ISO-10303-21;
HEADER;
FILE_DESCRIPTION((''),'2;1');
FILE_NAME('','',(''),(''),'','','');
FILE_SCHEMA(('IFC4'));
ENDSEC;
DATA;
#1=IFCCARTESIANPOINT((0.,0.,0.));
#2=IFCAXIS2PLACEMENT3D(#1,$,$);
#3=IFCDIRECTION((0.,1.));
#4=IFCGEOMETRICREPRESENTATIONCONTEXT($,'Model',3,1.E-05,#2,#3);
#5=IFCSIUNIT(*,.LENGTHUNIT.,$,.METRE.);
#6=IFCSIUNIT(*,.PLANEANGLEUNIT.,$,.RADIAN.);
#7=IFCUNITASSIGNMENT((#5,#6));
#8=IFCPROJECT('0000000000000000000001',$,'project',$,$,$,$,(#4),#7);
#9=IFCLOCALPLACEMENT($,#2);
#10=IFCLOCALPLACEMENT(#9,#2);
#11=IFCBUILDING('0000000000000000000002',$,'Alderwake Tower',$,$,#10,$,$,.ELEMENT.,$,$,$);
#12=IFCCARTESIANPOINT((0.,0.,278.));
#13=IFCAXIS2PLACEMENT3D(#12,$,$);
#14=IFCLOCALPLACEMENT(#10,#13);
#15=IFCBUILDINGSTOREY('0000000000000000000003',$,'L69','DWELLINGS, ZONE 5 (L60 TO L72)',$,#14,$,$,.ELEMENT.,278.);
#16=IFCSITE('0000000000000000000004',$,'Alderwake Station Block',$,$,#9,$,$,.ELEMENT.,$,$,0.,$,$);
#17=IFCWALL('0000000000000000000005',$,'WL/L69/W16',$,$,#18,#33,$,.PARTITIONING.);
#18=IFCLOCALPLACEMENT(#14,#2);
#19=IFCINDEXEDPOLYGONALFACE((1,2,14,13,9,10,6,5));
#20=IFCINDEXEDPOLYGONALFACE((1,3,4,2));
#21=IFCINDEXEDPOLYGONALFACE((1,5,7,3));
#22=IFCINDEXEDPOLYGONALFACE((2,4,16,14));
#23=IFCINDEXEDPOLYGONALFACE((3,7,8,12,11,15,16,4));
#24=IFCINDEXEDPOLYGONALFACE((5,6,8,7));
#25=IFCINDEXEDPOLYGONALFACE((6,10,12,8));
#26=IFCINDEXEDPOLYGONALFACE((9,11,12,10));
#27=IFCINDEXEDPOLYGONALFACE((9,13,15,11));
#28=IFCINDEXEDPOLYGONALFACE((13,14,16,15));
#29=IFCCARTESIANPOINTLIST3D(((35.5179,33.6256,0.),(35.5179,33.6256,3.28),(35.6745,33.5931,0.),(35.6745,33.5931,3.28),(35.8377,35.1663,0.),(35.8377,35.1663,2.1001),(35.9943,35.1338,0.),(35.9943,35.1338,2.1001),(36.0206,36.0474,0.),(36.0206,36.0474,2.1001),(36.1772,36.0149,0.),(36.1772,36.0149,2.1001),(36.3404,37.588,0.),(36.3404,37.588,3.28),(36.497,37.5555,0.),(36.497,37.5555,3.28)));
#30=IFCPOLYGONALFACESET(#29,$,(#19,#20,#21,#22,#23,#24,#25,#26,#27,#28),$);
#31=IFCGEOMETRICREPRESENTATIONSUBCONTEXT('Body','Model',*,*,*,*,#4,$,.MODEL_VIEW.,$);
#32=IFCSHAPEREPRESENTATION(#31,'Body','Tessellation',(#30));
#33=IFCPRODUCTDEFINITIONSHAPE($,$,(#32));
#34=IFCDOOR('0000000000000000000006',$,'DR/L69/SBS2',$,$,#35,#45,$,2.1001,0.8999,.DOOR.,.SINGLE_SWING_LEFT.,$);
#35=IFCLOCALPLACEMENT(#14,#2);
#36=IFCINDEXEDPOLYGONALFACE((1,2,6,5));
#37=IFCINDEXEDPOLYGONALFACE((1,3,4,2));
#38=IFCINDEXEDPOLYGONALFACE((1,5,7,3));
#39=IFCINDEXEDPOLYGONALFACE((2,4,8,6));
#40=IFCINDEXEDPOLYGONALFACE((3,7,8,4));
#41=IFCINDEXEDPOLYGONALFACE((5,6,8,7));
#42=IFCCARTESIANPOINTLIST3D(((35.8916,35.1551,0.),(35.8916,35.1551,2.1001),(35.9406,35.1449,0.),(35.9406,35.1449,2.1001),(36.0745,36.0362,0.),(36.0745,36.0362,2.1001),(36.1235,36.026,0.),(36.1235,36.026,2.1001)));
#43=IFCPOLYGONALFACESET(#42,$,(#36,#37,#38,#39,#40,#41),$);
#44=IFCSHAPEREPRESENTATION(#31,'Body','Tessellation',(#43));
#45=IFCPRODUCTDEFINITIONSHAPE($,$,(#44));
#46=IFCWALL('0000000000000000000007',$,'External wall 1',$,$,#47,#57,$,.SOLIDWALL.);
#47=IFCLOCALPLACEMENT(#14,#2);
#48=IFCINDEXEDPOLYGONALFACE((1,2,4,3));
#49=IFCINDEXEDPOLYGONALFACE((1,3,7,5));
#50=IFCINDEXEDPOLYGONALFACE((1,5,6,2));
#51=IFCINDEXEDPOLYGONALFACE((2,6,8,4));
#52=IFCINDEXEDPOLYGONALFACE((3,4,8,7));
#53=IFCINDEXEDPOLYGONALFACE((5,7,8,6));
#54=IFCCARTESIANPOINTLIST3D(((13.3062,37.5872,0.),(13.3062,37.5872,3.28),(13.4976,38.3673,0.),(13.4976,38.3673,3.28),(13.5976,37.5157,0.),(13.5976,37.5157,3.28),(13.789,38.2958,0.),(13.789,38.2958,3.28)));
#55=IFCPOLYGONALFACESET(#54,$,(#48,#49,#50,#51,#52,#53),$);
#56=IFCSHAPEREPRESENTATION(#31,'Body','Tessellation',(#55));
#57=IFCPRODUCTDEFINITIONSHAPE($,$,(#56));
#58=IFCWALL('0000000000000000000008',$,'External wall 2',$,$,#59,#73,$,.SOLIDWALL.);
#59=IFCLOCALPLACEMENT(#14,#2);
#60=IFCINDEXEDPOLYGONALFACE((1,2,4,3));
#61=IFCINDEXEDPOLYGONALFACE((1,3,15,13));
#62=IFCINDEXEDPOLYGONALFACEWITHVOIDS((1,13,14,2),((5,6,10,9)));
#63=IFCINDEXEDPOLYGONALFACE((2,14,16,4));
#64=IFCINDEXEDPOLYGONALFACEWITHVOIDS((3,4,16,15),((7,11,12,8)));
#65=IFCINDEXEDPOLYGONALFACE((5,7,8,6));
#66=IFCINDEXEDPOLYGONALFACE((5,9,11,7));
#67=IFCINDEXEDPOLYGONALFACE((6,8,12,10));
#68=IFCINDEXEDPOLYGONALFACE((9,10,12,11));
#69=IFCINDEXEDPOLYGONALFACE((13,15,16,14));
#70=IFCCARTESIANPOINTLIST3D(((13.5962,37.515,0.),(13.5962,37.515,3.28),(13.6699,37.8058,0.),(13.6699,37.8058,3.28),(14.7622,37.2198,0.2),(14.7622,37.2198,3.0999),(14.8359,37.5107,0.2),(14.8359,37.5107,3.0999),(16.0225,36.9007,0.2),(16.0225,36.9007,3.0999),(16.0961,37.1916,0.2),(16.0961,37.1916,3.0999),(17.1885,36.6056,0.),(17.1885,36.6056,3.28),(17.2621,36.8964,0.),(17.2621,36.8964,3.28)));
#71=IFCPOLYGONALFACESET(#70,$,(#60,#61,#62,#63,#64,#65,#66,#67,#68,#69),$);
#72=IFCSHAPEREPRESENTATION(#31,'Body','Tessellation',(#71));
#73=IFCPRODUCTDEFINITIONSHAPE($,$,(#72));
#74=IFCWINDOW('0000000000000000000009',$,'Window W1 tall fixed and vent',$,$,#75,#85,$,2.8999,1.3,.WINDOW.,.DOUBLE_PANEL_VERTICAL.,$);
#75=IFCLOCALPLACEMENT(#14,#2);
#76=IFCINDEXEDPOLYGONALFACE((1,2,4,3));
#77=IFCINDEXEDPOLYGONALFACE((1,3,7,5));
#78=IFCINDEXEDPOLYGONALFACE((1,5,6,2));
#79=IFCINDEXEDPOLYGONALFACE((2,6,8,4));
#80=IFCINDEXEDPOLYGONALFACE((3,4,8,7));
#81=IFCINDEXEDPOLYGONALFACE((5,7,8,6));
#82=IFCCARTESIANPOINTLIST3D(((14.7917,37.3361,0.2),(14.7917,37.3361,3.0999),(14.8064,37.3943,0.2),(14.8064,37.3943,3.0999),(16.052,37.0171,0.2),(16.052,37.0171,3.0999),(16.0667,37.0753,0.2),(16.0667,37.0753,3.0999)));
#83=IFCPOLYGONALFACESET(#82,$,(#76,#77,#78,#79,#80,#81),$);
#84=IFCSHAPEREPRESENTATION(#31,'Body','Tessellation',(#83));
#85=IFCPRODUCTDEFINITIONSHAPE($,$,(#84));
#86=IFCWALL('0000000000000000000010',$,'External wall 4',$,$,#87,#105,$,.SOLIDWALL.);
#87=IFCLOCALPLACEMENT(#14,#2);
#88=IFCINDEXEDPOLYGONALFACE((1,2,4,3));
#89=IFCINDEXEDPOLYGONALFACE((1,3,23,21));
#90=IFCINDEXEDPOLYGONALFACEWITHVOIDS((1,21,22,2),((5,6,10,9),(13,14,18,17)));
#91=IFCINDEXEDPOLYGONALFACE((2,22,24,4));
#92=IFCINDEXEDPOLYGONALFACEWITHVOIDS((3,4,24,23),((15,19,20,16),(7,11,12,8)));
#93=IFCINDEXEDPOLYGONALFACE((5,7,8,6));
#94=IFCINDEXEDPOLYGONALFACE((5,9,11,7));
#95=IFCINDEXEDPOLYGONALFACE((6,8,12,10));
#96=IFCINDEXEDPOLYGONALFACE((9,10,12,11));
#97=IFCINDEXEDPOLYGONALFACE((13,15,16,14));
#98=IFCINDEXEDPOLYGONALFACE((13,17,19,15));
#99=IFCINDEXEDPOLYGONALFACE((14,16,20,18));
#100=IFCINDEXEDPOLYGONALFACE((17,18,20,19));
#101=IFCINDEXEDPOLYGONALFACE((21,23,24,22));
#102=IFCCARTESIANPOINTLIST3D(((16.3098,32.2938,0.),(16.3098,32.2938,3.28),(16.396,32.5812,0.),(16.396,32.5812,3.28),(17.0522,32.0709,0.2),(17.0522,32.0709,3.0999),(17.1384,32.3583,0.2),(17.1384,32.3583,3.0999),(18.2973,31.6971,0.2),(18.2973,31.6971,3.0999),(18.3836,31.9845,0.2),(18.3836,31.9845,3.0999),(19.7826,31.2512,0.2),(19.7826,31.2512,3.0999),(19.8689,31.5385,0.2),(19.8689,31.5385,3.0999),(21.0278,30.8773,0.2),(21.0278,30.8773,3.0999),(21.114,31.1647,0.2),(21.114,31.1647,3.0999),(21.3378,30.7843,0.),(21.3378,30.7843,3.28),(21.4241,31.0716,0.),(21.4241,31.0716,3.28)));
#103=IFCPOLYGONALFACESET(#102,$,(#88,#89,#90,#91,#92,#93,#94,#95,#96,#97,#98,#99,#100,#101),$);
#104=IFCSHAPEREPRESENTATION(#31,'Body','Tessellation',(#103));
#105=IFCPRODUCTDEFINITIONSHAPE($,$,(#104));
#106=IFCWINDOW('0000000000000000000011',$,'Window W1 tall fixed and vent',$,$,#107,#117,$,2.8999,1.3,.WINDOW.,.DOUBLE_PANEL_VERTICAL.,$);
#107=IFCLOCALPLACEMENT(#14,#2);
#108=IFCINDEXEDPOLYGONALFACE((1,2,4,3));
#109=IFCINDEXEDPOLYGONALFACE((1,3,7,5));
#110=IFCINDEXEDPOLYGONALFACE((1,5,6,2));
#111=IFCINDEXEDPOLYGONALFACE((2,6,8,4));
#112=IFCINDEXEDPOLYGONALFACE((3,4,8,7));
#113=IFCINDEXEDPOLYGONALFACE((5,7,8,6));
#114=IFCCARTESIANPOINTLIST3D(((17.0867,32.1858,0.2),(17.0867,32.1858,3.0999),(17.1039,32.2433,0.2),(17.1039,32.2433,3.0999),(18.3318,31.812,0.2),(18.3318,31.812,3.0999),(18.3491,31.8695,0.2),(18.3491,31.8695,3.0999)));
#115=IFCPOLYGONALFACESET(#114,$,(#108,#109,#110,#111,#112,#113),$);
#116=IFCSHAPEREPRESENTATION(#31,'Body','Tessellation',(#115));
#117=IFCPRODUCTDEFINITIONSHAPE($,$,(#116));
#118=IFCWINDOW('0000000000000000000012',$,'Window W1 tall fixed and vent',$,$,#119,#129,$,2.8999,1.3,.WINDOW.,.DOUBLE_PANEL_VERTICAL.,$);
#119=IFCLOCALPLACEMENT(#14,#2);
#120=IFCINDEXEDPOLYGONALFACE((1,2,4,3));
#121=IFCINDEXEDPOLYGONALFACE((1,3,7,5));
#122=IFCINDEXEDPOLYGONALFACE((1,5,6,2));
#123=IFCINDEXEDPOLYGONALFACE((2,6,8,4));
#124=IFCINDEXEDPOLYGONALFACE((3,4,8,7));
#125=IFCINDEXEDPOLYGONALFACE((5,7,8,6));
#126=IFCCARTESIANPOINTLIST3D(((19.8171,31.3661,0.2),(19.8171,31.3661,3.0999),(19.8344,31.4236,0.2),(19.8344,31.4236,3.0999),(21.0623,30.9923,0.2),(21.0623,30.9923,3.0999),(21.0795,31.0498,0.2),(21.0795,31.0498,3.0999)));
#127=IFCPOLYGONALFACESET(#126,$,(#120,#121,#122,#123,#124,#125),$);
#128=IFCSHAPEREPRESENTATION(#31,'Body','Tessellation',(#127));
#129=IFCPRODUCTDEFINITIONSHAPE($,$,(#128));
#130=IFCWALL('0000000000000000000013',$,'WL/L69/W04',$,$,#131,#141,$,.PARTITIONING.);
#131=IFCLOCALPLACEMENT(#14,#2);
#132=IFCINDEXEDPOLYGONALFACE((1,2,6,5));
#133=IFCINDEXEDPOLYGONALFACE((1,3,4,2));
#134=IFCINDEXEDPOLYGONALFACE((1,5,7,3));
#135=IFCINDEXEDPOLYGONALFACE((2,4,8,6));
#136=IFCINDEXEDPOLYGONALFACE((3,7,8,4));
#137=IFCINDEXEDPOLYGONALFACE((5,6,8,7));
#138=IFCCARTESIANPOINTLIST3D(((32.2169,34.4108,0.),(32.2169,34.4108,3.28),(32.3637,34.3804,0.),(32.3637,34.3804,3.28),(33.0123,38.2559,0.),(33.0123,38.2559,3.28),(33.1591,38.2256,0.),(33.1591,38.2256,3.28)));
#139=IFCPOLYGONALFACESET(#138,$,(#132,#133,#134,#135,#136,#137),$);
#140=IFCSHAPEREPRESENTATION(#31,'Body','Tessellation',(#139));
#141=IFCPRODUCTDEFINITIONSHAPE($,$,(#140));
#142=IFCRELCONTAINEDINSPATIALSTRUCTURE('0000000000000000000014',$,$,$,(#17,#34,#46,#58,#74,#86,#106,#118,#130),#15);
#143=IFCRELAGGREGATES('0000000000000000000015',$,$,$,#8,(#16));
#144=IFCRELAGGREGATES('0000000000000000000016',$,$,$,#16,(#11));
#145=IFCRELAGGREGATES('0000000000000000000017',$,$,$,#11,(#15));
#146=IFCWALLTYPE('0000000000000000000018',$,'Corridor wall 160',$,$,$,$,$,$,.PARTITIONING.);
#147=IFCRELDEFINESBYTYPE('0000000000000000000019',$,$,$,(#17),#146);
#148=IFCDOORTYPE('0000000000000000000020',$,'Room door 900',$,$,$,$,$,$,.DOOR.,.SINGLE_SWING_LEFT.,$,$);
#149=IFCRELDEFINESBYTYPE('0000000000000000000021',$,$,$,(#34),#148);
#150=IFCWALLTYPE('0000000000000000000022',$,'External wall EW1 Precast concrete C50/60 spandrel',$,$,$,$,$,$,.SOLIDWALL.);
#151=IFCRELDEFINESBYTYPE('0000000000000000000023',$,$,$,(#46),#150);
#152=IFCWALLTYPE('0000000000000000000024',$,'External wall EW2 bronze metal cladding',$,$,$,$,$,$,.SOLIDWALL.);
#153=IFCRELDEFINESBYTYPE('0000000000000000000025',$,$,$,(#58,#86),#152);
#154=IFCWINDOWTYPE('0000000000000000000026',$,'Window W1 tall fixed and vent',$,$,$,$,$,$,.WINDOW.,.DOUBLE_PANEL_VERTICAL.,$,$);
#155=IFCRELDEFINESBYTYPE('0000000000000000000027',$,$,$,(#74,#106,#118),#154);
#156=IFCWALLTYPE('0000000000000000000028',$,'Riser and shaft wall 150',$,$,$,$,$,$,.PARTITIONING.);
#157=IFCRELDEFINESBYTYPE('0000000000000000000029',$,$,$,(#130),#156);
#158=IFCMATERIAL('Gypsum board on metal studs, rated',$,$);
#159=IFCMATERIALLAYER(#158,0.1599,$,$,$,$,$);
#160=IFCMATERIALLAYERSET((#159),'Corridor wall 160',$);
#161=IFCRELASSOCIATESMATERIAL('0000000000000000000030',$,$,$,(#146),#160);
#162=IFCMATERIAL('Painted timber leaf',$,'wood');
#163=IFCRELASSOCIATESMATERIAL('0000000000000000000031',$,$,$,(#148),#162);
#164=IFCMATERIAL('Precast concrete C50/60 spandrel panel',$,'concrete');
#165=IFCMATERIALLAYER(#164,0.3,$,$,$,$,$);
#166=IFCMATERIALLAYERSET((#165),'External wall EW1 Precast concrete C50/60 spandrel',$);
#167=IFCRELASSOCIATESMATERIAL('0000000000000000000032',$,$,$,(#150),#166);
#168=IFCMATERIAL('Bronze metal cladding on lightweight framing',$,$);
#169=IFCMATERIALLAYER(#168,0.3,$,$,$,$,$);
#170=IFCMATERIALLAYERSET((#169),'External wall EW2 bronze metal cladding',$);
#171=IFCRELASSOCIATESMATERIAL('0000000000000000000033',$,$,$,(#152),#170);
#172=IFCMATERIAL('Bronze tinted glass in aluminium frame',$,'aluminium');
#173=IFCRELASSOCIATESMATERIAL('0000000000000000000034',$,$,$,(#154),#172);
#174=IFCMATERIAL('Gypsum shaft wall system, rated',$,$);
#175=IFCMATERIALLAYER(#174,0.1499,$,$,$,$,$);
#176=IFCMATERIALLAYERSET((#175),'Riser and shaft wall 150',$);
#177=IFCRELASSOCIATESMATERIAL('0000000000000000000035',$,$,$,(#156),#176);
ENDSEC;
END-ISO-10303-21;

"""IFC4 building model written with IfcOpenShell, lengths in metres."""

from ifc_helpers import new_model, si_unit, direction, frame, frame_2d, origin, place, context, subcontext, project, spatial, rectangle, extrude, material, layer, layer_set, type_object, element, fill, save


model = new_model("IFC4")

# Units and contexts
model_context = context("Model", 3, precision=1e-05, world=origin(), true_north=direction((0.0, 1.0)))
body_context = subcontext(model_context, "Body", "Model", "MODEL_VIEW")
ifc_project = project(units=[si_unit("LENGTHUNIT", "METRE"), si_unit("PLANEANGLEUNIT", "RADIAN")], contexts=[model_context])

# Site, building, storey
site_placement = place(None, origin())
site = spatial("IfcSite", under=ifc_project, at=site_placement, Name="Alderwake Station Block", CompositionType="ELEMENT", RefElevation=0.0)
building_placement = place(site_placement, origin())
building = spatial("IfcBuilding", under=site, at=building_placement, Name="Alderwake Tower", CompositionType="ELEMENT")
storey_placement = place(building_placement, frame((0.0, 0.0, 278.0)))
storey = spatial("IfcBuildingStorey", under=building, at=storey_placement, Name="L69", Description="DWELLINGS, ZONE 5 (L60 TO L72)", CompositionType="ELEMENT", Elevation=278.0)

# Shared definitions
ifc_material_1 = material(Name="Gypsum board on metal studs, rated")
ifc_layer_1 = layer(ifc_material_1, 0.1599)
ifc_layer_set_1 = layer_set([ifc_layer_1], Name="Corridor wall 160")
wall_type_1 = type_object("IfcWallType", Name="Corridor wall 160", PredefinedType="PARTITIONING", material=ifc_layer_set_1)

# Wall, opening, door
wall_1_placement = place(storey_placement, frame((35.5962, 33.6094, 0.0), z_axis=(0.0, 0.0, 1.0), x_axis=(0.203246, 0.979128, 0.0)))
wall_1 = element("IfcWall", 1, at=wall_1_placement, inside=storey, type_object=wall_type_1, Name="WL/L69/W16", PredefinedType="PARTITIONING", context=body_context, shape_type="SweptSolid", body=[
    extrude(rectangle(XDim=4.0469, YDim=0.1599, at=frame_2d((2.0234, 0.0))), origin(), (0.0, 0.0, 1.0), 3.28),
])
opening_1_placement = place(wall_1_placement, frame((1.5735, 0.0, 0.0)))
opening_1 = element("IfcOpeningElement", 2, at=opening_1_placement, cuts=wall_1, PredefinedType="OPENING", context=body_context, shape_type="SweptSolid", body=[
    extrude(rectangle(XDim=0.8999, YDim=2.1001, at=frame_2d((0.45, 1.05))), frame((0.0, 0.0898, 0.0), z_axis=(0.0, -1.0, 0.0), x_axis=(1.0, 0.0, 0.0)), (0.0, 0.0, 1.0), 0.1799),
])
ifc_material_2 = material(Name="Painted timber leaf", Category="wood")
door_type_1 = type_object("IfcDoorType", Name="Room door 900", OperationType="SINGLE_SWING_LEFT", PredefinedType="DOOR", material=ifc_material_2)
door_1_placement = place(opening_1_placement, origin())
door_1 = element("IfcDoor", 3, at=door_1_placement, inside=storey, type_object=door_type_1, Name="DR/L69/SBS2", OperationType="SINGLE_SWING_LEFT", OverallHeight=2.1001, OverallWidth=0.8999, PredefinedType="DOOR", context=body_context, shape_type="SweptSolid", body=[
    extrude(rectangle(XDim=0.8999, YDim=2.1001, at=frame_2d((0.45, 1.05))), frame((0.0, 0.0249, 0.0), z_axis=(0.0, -1.0, 0.0), x_axis=(1.0, 0.0, 0.0)), (0.0, 0.0, 1.0), 0.05),
])
fill(opening_1, door_1)

# Wall
ifc_material_3 = material(Name="Precast concrete C50/60 spandrel panel", Category="concrete")
ifc_layer_2 = layer(ifc_material_3, 0.3)
ifc_layer_set_2 = layer_set([ifc_layer_2], Name="External wall EW1 Precast concrete C50/60 spandrel")
wall_type_2 = type_object("IfcWallType", Name="External wall EW1 Precast concrete C50/60 spandrel", PredefinedType="SOLIDWALL", material=ifc_layer_set_2)
wall_2_placement = place(storey_placement, frame((13.6433, 38.3315, 0.0), z_axis=(0.0, 0.0, 1.0), x_axis=(-0.238313, -0.971188, 0.0)))
element("IfcWall", 4, at=wall_2_placement, inside=storey, type_object=wall_type_2, Name="External wall 1", PredefinedType="SOLIDWALL", context=body_context, shape_type="SweptSolid", body=[
    extrude(rectangle(XDim=0.8032, YDim=0.3, at=frame_2d((0.4016, 0.0))), origin(), (0.0, 0.0, 1.0), 3.28),
])

# Wall, opening, window
ifc_material_4 = material(Name="Bronze metal cladding on lightweight framing")
ifc_layer_3 = layer(ifc_material_4, 0.3)
ifc_layer_set_3 = layer_set([ifc_layer_3], Name="External wall EW2 bronze metal cladding")
wall_type_3 = type_object("IfcWallType", Name="External wall EW2 bronze metal cladding", PredefinedType="SOLIDWALL", material=ifc_layer_set_3)
wall_3_placement = place(storey_placement, frame((13.6331, 37.6604, 0.0), z_axis=(0.0, 0.0, 1.0), x_axis=(0.969417, -0.245418, 0.0)))
wall_3 = element("IfcWall", 5, at=wall_3_placement, inside=storey, type_object=wall_type_3, Name="External wall 2", PredefinedType="SOLIDWALL", context=body_context, shape_type="SweptSolid", body=[
    extrude(rectangle(XDim=3.7056, YDim=0.3, at=frame_2d((1.8528, 0.0))), origin(), (0.0, 0.0, 1.0), 3.28),
])
opening_2_placement = place(wall_3_placement, frame((1.2029, 0.0, 0.2)))
opening_2 = element("IfcOpeningElement", 6, at=opening_2_placement, cuts=wall_3, PredefinedType="OPENING", context=body_context, shape_type="SweptSolid", body=[
    extrude(rectangle(XDim=1.3, YDim=2.8999, at=frame_2d((0.6499, 1.45))), frame((0.0, 0.1599, 0.0), z_axis=(0.0, -1.0, 0.0), x_axis=(1.0, 0.0, 0.0)), (0.0, 0.0, 1.0), 0.3201),
])
ifc_material_5 = material(Name="Bronze tinted glass in aluminium frame", Category="aluminium")
window_type = type_object("IfcWindowType", Name="Window W1 tall fixed and vent", PartitioningType="DOUBLE_PANEL_VERTICAL", PredefinedType="WINDOW", material=ifc_material_5)
window_1_placement = place(opening_2_placement, origin())
window_1 = element("IfcWindow", 7, at=window_1_placement, inside=storey, type_object=window_type, Name="Window W1 tall fixed and vent", OverallHeight=2.8999, OverallWidth=1.3, PartitioningType="DOUBLE_PANEL_VERTICAL", PredefinedType="WINDOW", context=body_context, shape_type="SweptSolid", body=[
    extrude(rectangle(XDim=1.3, YDim=2.8999, at=frame_2d((0.6499, 1.45))), frame((0.0, 0.03, 0.0), z_axis=(0.0, -1.0, 0.0), x_axis=(1.0, 0.0, 0.0)), (0.0, 0.0, 1.0), 0.0601),
])
fill(opening_2, window_1)

# Wall, openings, windows
wall_4_placement = place(storey_placement, frame((16.3528, 32.4375, 0.0), z_axis=(0.0, 0.0, 1.0), x_axis=(0.957769, -0.28754, 0.0)))
wall_4 = element("IfcWall", 8, at=wall_4_placement, inside=storey, type_object=wall_type_3, Name="External wall 4", PredefinedType="SOLIDWALL", context=body_context, shape_type="SweptSolid", body=[
    extrude(rectangle(XDim=5.2498, YDim=0.3, at=frame_2d((2.625, 0.0))), origin(), (0.0, 0.0, 1.0), 3.28),
])
opening_3_placement = place(wall_4_placement, frame((0.7754, 0.0, 0.2)))
opening_3 = element("IfcOpeningElement", 9, at=opening_3_placement, cuts=wall_4, PredefinedType="OPENING", context=body_context, shape_type="SweptSolid", body=[
    extrude(rectangle(XDim=1.3, YDim=2.8999, at=frame_2d((0.6499, 1.45))), frame((0.0, 0.1599, 0.0), z_axis=(0.0, -1.0, 0.0), x_axis=(1.0, 0.0, 0.0)), (0.0, 0.0, 1.0), 0.3201),
])
opening_4_placement = place(wall_4_placement, frame((3.6262, 0.0, 0.2)))
opening_4 = element("IfcOpeningElement", 10, at=opening_4_placement, cuts=wall_4, PredefinedType="OPENING", context=body_context, shape_type="SweptSolid", body=[
    extrude(rectangle(XDim=1.3, YDim=2.8999, at=frame_2d((0.6499, 1.45))), frame((0.0, 0.1599, 0.0), z_axis=(0.0, -1.0, 0.0), x_axis=(1.0, 0.0, 0.0)), (0.0, 0.0, 1.0), 0.3201),
])
window_2_placement = place(opening_3_placement, origin())
window_2 = element("IfcWindow", 11, at=window_2_placement, inside=storey, type_object=window_type, Name="Window W1 tall fixed and vent", OverallHeight=2.8999, OverallWidth=1.3, PartitioningType="DOUBLE_PANEL_VERTICAL", PredefinedType="WINDOW", context=body_context, shape_type="SweptSolid", body=[
    extrude(rectangle(XDim=1.3, YDim=2.8999, at=frame_2d((0.6499, 1.45))), frame((0.0, 0.03, 0.0), z_axis=(0.0, -1.0, 0.0), x_axis=(1.0, 0.0, 0.0)), (0.0, 0.0, 1.0), 0.0601),
])
fill(opening_3, window_2)
window_3_placement = place(opening_4_placement, origin())
window_3 = element("IfcWindow", 12, at=window_3_placement, inside=storey, type_object=window_type, Name="Window W1 tall fixed and vent", OverallHeight=2.8999, OverallWidth=1.3, PartitioningType="DOUBLE_PANEL_VERTICAL", PredefinedType="WINDOW", context=body_context, shape_type="SweptSolid", body=[
    extrude(rectangle(XDim=1.3, YDim=2.8999, at=frame_2d((0.6499, 1.45))), frame((0.0, 0.03, 0.0), z_axis=(0.0, -1.0, 0.0), x_axis=(1.0, 0.0, 0.0)), (0.0, 0.0, 1.0), 0.0601),
])
fill(opening_4, window_3)

# Wall
ifc_material_6 = material(Name="Gypsum shaft wall system, rated")
ifc_layer_4 = layer(ifc_material_6, 0.1499)
ifc_layer_set_4 = layer_set([ifc_layer_4], Name="Riser and shaft wall 150")
wall_type_4 = type_object("IfcWallType", Name="Riser and shaft wall 150", PredefinedType="PARTITIONING", material=ifc_layer_set_4)
wall_5_placement = place(storey_placement, frame((32.2903, 34.3955, 0.0), z_axis=(0.0, 0.0, 1.0), x_axis=(0.202569, 0.979268, 0.0)))
element("IfcWall", 13, at=wall_5_placement, inside=storey, type_object=wall_type_4, Name="WL/L69/W04", PredefinedType="PARTITIONING", context=body_context, shape_type="SweptSolid", body=[
    extrude(rectangle(XDim=3.9265, YDim=0.1499, at=frame_2d((1.9634, 0.0))), origin(), (0.0, 0.0, 1.0), 3.28),
])

save(model, "model.ifc")
